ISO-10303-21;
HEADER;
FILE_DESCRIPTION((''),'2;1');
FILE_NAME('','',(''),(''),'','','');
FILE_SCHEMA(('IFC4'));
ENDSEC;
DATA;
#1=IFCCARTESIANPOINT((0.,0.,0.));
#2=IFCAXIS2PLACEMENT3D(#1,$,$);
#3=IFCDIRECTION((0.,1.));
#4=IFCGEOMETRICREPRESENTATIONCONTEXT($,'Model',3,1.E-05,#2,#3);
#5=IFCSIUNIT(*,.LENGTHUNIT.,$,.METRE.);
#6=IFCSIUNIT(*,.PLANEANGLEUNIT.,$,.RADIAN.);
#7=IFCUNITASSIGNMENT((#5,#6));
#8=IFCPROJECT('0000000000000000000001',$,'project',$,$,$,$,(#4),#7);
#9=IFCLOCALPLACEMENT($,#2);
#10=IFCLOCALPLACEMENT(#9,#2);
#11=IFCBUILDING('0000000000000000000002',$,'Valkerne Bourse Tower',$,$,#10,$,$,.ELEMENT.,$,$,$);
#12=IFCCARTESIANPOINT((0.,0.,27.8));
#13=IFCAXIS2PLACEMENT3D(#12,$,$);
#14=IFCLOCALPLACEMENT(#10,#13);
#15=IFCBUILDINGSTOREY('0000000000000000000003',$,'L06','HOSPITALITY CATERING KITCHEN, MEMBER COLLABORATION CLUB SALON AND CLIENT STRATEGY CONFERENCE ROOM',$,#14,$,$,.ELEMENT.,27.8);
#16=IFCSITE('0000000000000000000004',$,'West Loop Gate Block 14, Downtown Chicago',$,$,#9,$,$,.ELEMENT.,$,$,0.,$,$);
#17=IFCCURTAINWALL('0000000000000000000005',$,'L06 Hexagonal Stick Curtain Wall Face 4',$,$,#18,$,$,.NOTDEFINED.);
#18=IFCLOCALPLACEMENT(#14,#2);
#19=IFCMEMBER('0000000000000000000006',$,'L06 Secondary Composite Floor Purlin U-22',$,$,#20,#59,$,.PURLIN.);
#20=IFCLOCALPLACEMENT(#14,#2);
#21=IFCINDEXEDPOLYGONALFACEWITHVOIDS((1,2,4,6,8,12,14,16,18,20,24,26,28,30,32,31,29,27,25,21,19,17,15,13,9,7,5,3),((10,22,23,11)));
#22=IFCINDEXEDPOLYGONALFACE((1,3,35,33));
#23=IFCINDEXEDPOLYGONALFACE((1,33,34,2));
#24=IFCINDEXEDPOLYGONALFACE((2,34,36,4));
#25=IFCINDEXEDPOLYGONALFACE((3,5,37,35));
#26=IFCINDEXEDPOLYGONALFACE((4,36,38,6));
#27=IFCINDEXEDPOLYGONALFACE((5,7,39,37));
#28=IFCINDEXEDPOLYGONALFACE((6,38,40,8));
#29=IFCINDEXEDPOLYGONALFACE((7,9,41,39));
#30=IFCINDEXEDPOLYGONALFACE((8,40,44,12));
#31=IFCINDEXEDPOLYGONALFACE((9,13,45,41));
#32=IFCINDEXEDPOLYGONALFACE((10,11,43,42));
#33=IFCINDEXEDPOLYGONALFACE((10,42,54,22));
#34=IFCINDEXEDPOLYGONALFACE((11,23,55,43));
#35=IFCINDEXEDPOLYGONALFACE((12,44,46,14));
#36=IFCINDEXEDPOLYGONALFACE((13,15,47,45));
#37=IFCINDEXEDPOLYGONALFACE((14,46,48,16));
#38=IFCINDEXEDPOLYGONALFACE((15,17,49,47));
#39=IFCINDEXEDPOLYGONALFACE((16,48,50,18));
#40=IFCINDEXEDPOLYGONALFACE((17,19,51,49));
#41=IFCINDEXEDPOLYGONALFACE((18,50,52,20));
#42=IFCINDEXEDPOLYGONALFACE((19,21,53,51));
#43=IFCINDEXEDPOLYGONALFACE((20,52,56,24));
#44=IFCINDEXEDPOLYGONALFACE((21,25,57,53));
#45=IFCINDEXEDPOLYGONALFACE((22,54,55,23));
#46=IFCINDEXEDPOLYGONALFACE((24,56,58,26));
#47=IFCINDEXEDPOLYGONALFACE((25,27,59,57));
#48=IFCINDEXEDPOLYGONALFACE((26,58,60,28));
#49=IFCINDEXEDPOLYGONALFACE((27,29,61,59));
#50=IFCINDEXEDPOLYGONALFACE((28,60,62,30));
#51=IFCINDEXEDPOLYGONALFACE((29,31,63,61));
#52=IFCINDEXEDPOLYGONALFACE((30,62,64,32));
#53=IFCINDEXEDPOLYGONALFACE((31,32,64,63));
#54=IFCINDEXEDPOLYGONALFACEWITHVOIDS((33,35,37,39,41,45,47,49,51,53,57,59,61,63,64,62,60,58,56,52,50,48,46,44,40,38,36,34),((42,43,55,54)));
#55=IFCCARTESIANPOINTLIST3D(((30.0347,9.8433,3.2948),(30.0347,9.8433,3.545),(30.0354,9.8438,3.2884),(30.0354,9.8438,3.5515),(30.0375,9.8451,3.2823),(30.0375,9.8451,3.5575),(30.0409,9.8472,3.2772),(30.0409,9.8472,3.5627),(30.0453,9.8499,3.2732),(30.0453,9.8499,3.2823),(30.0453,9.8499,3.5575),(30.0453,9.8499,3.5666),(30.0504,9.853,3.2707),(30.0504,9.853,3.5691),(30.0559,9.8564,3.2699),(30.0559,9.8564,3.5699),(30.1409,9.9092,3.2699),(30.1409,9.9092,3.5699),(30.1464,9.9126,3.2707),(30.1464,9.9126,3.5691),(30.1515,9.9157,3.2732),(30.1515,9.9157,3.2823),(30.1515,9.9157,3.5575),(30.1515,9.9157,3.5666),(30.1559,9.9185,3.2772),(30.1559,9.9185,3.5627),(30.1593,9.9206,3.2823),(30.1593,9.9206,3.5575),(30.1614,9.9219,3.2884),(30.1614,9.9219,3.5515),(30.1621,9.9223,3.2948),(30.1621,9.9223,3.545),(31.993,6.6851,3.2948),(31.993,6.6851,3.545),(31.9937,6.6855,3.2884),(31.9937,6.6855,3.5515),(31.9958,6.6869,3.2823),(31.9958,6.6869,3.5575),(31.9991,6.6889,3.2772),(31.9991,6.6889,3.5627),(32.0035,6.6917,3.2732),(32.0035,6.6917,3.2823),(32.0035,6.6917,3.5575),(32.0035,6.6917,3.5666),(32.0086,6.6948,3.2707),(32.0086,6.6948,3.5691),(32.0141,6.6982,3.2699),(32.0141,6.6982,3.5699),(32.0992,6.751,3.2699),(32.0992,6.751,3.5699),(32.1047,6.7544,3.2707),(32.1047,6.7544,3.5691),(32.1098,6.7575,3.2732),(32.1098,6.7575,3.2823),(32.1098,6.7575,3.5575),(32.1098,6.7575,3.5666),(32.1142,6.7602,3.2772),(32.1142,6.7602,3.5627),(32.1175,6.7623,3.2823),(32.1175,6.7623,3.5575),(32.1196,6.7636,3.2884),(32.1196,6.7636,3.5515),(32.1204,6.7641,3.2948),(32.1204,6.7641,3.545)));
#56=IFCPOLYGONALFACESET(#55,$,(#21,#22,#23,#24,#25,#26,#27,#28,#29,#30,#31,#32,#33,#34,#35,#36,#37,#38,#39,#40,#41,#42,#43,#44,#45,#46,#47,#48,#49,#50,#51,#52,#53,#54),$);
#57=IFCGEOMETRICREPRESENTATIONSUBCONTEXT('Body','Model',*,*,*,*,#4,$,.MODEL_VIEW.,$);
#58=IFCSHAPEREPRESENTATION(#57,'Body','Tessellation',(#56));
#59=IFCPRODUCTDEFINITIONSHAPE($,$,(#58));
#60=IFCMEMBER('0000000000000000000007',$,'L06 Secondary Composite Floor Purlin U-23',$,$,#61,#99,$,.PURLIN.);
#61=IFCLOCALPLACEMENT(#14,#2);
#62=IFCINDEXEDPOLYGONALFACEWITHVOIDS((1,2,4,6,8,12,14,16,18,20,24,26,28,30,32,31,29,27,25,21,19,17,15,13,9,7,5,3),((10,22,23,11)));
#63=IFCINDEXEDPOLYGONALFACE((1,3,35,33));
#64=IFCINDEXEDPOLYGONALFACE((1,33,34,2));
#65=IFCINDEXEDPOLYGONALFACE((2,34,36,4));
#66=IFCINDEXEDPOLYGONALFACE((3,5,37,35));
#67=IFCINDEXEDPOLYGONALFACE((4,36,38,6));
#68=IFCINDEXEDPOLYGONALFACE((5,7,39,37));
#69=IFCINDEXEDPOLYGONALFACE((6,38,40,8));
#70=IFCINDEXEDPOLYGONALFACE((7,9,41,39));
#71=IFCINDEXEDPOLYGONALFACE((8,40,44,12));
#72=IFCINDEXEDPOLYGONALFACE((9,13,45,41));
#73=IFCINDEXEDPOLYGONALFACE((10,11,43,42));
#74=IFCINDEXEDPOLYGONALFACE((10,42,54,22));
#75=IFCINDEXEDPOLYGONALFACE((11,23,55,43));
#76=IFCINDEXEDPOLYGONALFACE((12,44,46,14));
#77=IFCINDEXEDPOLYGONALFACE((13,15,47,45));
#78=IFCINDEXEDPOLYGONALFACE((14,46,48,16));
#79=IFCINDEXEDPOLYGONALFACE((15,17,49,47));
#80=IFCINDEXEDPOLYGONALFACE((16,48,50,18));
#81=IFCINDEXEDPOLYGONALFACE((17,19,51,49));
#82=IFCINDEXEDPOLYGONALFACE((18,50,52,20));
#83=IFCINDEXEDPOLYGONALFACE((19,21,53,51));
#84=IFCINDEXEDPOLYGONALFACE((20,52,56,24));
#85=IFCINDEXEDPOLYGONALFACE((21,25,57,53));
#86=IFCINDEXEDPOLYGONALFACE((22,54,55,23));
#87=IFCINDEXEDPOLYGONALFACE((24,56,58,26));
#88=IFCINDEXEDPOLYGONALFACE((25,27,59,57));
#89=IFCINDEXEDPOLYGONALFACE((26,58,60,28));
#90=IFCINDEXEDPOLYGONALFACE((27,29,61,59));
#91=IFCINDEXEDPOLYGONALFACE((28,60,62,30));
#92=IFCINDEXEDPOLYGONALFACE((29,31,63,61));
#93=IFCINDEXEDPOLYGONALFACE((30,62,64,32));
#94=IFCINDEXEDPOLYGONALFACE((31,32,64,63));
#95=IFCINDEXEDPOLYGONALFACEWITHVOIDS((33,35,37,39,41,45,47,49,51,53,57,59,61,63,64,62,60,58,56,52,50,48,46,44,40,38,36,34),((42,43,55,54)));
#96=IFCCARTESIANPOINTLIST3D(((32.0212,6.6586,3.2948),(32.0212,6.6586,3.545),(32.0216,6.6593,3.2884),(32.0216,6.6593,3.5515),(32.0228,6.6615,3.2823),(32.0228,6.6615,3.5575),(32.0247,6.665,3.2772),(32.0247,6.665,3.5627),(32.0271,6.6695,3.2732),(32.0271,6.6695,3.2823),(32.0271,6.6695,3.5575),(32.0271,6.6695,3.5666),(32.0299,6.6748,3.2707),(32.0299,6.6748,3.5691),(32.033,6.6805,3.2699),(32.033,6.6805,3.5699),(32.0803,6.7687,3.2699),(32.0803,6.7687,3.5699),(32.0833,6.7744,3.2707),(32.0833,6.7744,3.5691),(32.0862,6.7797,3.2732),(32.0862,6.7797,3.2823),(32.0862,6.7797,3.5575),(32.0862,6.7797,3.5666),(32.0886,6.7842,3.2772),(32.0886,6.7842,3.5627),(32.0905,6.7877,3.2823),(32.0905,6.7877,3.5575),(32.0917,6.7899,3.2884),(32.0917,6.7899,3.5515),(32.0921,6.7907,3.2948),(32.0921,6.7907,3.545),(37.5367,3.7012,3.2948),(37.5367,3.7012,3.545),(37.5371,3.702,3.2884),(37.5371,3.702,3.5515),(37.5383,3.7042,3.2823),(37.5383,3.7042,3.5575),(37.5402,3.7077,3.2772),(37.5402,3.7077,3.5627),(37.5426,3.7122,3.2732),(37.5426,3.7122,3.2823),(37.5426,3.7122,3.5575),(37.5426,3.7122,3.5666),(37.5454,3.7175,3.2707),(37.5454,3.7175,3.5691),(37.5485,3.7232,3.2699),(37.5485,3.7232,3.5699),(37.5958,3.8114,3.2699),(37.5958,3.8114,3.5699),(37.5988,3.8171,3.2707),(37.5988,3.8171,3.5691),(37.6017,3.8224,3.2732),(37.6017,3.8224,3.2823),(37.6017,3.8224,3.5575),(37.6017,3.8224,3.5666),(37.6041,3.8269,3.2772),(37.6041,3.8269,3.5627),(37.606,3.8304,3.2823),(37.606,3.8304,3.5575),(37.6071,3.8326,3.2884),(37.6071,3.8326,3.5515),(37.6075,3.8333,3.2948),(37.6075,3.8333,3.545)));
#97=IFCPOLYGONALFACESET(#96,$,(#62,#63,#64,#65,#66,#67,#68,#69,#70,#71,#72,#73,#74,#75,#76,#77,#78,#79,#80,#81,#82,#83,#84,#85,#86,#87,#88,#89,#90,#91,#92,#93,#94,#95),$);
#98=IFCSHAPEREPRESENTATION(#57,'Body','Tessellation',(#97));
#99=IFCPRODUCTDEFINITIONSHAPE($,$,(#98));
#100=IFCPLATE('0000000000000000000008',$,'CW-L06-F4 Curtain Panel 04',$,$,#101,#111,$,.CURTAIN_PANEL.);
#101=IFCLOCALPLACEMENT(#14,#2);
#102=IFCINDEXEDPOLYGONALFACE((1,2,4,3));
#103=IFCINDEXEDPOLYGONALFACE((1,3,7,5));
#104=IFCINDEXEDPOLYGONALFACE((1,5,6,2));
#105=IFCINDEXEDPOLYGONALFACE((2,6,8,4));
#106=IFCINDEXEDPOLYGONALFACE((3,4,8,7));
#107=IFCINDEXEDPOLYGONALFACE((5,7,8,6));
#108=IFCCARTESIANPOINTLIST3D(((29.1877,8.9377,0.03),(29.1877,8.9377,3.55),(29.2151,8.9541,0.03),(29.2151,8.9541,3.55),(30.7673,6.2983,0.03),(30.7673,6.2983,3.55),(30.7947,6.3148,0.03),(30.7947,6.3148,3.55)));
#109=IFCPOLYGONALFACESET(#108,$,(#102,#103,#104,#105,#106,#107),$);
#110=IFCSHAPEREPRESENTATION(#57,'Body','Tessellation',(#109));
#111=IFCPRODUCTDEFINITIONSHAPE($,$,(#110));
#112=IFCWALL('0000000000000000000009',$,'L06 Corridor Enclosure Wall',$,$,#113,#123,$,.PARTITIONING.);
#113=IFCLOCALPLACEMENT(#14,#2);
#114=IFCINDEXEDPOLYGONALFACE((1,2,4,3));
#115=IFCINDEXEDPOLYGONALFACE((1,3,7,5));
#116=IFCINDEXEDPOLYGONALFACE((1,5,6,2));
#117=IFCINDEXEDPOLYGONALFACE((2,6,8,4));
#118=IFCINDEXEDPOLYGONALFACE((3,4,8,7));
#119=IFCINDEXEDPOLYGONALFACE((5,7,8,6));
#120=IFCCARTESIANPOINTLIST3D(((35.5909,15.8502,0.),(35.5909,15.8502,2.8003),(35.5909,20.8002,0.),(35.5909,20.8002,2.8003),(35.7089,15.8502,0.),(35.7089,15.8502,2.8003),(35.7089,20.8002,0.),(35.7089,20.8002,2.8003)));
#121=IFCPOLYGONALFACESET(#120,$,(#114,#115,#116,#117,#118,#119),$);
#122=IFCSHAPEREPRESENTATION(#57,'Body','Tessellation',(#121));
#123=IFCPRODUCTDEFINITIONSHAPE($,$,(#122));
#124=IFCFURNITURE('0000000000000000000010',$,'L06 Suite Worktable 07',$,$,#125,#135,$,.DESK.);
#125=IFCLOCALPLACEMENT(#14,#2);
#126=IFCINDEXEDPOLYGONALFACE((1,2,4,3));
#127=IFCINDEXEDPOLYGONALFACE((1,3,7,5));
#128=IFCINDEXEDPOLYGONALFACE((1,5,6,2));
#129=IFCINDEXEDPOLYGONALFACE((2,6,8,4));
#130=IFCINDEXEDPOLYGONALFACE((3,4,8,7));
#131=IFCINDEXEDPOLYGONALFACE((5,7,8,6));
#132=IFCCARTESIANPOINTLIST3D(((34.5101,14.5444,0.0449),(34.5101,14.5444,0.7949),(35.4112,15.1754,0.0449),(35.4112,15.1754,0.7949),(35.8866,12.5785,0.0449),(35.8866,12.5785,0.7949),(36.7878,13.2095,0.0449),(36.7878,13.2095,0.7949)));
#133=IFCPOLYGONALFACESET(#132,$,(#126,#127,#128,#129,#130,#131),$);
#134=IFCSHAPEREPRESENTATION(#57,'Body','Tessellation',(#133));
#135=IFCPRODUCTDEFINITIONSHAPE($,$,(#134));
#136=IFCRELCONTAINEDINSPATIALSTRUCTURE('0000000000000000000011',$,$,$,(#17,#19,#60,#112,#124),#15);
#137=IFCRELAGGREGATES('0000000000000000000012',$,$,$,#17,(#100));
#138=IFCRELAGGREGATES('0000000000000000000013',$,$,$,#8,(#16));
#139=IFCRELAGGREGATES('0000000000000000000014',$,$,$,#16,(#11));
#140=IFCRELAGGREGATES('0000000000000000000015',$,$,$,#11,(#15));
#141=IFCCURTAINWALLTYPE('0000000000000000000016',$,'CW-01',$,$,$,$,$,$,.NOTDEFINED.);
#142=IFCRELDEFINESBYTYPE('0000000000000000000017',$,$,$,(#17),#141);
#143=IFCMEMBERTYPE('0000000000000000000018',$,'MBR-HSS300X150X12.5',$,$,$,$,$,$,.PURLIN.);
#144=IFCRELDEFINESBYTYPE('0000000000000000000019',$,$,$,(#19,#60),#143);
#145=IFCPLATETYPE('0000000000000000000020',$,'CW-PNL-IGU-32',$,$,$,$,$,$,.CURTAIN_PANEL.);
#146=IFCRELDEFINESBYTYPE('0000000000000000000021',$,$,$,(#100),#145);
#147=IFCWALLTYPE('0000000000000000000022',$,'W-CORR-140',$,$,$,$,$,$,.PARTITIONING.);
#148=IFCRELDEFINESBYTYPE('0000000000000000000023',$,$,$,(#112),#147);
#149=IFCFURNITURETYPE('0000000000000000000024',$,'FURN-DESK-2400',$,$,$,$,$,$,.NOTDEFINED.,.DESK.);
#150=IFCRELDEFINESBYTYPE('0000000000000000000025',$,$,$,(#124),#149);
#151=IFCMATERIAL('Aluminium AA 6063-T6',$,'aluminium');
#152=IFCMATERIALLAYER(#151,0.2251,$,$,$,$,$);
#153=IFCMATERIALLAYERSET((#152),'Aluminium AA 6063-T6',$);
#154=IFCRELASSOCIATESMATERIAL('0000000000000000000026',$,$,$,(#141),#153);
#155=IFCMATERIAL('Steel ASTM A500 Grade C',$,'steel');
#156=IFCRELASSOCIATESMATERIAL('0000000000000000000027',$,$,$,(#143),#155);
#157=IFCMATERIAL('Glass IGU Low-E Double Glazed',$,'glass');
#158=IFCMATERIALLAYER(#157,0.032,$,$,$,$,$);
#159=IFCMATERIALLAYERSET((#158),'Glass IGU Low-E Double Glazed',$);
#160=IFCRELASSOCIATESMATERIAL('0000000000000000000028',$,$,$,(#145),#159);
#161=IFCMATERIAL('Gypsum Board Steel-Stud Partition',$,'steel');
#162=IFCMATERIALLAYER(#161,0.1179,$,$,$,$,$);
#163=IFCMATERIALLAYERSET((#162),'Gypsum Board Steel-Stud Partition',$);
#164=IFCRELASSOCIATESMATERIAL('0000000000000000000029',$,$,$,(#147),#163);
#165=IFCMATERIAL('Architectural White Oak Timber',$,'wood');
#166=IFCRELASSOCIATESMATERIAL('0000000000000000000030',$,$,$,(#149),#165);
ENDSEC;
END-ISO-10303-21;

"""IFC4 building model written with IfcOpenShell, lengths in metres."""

from ifc_helpers import new_model, si_unit, direction, frame, frame_2d, origin, origin_2d, place, context, subcontext, project, spatial, rectangle, hollow_rectangle, extrude, material, layer, layer_set, material_profile, profile_set, type_object, element, aggregate, save


model = new_model("IFC4")

# Units and contexts
model_context = context("Model", 3, precision=1e-05, world=origin(), true_north=direction((0.0, 1.0)))
body_context = subcontext(model_context, "Body", "Model", "MODEL_VIEW")
ifc_project = project(units=[si_unit("LENGTHUNIT", "METRE"), si_unit("PLANEANGLEUNIT", "RADIAN")], contexts=[model_context])

# Site, building, storey
site_placement = place(None, origin())
site = spatial("IfcSite", under=ifc_project, at=site_placement, Name="West Loop Gate Block 14, Downtown Chicago", CompositionType="ELEMENT", RefElevation=0.0)
building_placement = place(site_placement, origin())
building = spatial("IfcBuilding", under=site, at=building_placement, Name="Valkerne Bourse Tower", CompositionType="ELEMENT")
storey_placement = place(building_placement, frame((0.0, 0.0, 27.8)))
storey = spatial("IfcBuildingStorey", under=building, at=storey_placement, Name="L06", Description="HOSPITALITY CATERING KITCHEN, MEMBER COLLABORATION CLUB SALON AND CLIENT STRATEGY CONFERENCE ROOM", CompositionType="ELEMENT", Elevation=27.8)

# Curtain wall
ifc_material_1 = material(Name="Aluminium AA 6063-T6", Category="aluminium")
ifc_layer_1 = layer(ifc_material_1, 0.2251)
ifc_layer_set_1 = layer_set([ifc_layer_1], Name="Aluminium AA 6063-T6")
curtain_wall_type = type_object("IfcCurtainWallType", Name="CW-01", PredefinedType="NOTDEFINED", material=ifc_layer_set_1)
curtain_wall_placement = place(storey_placement, origin())
curtain_wall = element("IfcCurtainWall", 1, at=curtain_wall_placement, inside=storey, type_object=curtain_wall_type, Name="L06 Hexagonal Stick Curtain Wall Face 4", PredefinedType="NOTDEFINED")

# Members
ifc_material_2 = material(Name="Steel ASTM A500 Grade C", Category="steel")
ifc_material_profile_1 = material_profile(ifc_material_2, hollow_rectangle(XDim=0.1499, YDim=0.3, WallThickness=0.0125, OuterFilletRadius=0.0249, at=origin_2d()), Name="HSS300X150X12.5")
ifc_profile_set_1 = profile_set([ifc_material_profile_1], Name="Steel ASTM A500 Grade C")
member_type_1 = type_object("IfcMemberType", Name="MBR-HSS300X150X12.5", PredefinedType="PURLIN", material=ifc_profile_set_1)
member_1_placement = place(storey_placement, frame((30.0984, 9.8828, 3.4199), z_axis=(0.526972, -0.849883, 0.0), x_axis=(0.849883, 0.526972, 0.0)))
element("IfcMember", 2, at=member_1_placement, inside=storey, type_object=member_type_1, Name="L06 Secondary Composite Floor Purlin U-22", PredefinedType="PURLIN", context=body_context, shape_type="SweptSolid", body=[
    extrude(hollow_rectangle(XDim=0.1499, YDim=0.3, WallThickness=0.0125, OuterFilletRadius=0.0249, at=origin_2d()), origin(), (0.0, 0.0, 1.0), 3.7161),
])
member_2_placement = place(storey_placement, frame((32.0566, 6.7246, 3.4199), z_axis=(0.881307, -0.472545, 0.0), x_axis=(0.472545, 0.881307, 0.0)))
element("IfcMember", 3, at=member_2_placement, inside=storey, type_object=member_type_1, Name="L06 Secondary Composite Floor Purlin U-23", PredefinedType="PURLIN", context=body_context, shape_type="SweptSolid", body=[
    extrude(hollow_rectangle(XDim=0.1499, YDim=0.3, WallThickness=0.0125, OuterFilletRadius=0.0249, at=origin_2d()), origin(), (0.0, 0.0, 1.0), 6.2583),
])

# Plate
ifc_material_3 = material(Name="Glass IGU Low-E Double Glazed", Category="glass")
ifc_layer_2 = layer(ifc_material_3, 0.032)
ifc_layer_set_2 = layer_set([ifc_layer_2], Name="Glass IGU Low-E Double Glazed")
plate_type = type_object("IfcPlateType", Name="CW-PNL-IGU-32", PredefinedType="CURTAIN_PANEL", material=ifc_layer_set_2)
plate_placement = place(storey_placement, frame((29.9912, 7.6262, 0.03), z_axis=(0.0, 0.0, 1.0), x_axis=(0.513542, -0.858064, 0.0)))
plate = element("IfcPlate", 4, at=plate_placement, type_object=plate_type, Name="CW-L06-F4 Curtain Panel 04", PredefinedType="CURTAIN_PANEL", context=body_context, shape_type="SweptSolid", body=[
    extrude(rectangle(XDim=3.0759, YDim=0.032, at=origin_2d()), origin(), (0.0, 0.0, 1.0), 3.52),
])
aggregate(curtain_wall, [plate])

# Wall
ifc_material_4 = material(Name="Gypsum Board Steel-Stud Partition", Category="steel")
ifc_layer_3 = layer(ifc_material_4, 0.1179)
ifc_layer_set_3 = layer_set([ifc_layer_3], Name="Gypsum Board Steel-Stud Partition")
wall_type = type_object("IfcWallType", Name="W-CORR-140", PredefinedType="PARTITIONING", material=ifc_layer_set_3)
wall_placement = place(storey_placement, frame((35.6499, 15.8501, 0.0), z_axis=(0.0, 0.0, 1.0), x_axis=(0.0, 1.0, 0.0)))
element("IfcWall", 5, at=wall_placement, inside=storey, type_object=wall_type, Name="L06 Corridor Enclosure Wall", PredefinedType="PARTITIONING", context=body_context, shape_type="SweptSolid", body=[
    extrude(rectangle(XDim=4.95, YDim=0.1179, at=frame_2d((2.4751, 0.0))), origin(), (0.0, 0.0, 1.0), 2.8003),
])

# Furniture
ifc_material_5 = material(Name="Architectural White Oak Timber", Category="wood")
furniture_type = type_object("IfcFurnitureType", Name="FURN-DESK-2400", AssemblyPlace="NOTDEFINED", PredefinedType="DESK", material=ifc_material_5)
furniture_placement = place(storey_placement, frame((35.6489, 13.877, 0.0449), z_axis=(0.0, 0.0, 1.0), x_axis=(-0.573576, 0.819152, 0.0)))
element("IfcFurniture", 6, at=furniture_placement, inside=storey, type_object=furniture_type, Name="L06 Suite Worktable 07", PredefinedType="DESK", context=body_context, shape_type="SweptSolid", body=[
    extrude(rectangle(XDim=2.3999, YDim=1.1001, at=origin_2d()), origin(), (0.0, 0.0, 1.0), 0.75),
])

save(model, "model.ifc")
